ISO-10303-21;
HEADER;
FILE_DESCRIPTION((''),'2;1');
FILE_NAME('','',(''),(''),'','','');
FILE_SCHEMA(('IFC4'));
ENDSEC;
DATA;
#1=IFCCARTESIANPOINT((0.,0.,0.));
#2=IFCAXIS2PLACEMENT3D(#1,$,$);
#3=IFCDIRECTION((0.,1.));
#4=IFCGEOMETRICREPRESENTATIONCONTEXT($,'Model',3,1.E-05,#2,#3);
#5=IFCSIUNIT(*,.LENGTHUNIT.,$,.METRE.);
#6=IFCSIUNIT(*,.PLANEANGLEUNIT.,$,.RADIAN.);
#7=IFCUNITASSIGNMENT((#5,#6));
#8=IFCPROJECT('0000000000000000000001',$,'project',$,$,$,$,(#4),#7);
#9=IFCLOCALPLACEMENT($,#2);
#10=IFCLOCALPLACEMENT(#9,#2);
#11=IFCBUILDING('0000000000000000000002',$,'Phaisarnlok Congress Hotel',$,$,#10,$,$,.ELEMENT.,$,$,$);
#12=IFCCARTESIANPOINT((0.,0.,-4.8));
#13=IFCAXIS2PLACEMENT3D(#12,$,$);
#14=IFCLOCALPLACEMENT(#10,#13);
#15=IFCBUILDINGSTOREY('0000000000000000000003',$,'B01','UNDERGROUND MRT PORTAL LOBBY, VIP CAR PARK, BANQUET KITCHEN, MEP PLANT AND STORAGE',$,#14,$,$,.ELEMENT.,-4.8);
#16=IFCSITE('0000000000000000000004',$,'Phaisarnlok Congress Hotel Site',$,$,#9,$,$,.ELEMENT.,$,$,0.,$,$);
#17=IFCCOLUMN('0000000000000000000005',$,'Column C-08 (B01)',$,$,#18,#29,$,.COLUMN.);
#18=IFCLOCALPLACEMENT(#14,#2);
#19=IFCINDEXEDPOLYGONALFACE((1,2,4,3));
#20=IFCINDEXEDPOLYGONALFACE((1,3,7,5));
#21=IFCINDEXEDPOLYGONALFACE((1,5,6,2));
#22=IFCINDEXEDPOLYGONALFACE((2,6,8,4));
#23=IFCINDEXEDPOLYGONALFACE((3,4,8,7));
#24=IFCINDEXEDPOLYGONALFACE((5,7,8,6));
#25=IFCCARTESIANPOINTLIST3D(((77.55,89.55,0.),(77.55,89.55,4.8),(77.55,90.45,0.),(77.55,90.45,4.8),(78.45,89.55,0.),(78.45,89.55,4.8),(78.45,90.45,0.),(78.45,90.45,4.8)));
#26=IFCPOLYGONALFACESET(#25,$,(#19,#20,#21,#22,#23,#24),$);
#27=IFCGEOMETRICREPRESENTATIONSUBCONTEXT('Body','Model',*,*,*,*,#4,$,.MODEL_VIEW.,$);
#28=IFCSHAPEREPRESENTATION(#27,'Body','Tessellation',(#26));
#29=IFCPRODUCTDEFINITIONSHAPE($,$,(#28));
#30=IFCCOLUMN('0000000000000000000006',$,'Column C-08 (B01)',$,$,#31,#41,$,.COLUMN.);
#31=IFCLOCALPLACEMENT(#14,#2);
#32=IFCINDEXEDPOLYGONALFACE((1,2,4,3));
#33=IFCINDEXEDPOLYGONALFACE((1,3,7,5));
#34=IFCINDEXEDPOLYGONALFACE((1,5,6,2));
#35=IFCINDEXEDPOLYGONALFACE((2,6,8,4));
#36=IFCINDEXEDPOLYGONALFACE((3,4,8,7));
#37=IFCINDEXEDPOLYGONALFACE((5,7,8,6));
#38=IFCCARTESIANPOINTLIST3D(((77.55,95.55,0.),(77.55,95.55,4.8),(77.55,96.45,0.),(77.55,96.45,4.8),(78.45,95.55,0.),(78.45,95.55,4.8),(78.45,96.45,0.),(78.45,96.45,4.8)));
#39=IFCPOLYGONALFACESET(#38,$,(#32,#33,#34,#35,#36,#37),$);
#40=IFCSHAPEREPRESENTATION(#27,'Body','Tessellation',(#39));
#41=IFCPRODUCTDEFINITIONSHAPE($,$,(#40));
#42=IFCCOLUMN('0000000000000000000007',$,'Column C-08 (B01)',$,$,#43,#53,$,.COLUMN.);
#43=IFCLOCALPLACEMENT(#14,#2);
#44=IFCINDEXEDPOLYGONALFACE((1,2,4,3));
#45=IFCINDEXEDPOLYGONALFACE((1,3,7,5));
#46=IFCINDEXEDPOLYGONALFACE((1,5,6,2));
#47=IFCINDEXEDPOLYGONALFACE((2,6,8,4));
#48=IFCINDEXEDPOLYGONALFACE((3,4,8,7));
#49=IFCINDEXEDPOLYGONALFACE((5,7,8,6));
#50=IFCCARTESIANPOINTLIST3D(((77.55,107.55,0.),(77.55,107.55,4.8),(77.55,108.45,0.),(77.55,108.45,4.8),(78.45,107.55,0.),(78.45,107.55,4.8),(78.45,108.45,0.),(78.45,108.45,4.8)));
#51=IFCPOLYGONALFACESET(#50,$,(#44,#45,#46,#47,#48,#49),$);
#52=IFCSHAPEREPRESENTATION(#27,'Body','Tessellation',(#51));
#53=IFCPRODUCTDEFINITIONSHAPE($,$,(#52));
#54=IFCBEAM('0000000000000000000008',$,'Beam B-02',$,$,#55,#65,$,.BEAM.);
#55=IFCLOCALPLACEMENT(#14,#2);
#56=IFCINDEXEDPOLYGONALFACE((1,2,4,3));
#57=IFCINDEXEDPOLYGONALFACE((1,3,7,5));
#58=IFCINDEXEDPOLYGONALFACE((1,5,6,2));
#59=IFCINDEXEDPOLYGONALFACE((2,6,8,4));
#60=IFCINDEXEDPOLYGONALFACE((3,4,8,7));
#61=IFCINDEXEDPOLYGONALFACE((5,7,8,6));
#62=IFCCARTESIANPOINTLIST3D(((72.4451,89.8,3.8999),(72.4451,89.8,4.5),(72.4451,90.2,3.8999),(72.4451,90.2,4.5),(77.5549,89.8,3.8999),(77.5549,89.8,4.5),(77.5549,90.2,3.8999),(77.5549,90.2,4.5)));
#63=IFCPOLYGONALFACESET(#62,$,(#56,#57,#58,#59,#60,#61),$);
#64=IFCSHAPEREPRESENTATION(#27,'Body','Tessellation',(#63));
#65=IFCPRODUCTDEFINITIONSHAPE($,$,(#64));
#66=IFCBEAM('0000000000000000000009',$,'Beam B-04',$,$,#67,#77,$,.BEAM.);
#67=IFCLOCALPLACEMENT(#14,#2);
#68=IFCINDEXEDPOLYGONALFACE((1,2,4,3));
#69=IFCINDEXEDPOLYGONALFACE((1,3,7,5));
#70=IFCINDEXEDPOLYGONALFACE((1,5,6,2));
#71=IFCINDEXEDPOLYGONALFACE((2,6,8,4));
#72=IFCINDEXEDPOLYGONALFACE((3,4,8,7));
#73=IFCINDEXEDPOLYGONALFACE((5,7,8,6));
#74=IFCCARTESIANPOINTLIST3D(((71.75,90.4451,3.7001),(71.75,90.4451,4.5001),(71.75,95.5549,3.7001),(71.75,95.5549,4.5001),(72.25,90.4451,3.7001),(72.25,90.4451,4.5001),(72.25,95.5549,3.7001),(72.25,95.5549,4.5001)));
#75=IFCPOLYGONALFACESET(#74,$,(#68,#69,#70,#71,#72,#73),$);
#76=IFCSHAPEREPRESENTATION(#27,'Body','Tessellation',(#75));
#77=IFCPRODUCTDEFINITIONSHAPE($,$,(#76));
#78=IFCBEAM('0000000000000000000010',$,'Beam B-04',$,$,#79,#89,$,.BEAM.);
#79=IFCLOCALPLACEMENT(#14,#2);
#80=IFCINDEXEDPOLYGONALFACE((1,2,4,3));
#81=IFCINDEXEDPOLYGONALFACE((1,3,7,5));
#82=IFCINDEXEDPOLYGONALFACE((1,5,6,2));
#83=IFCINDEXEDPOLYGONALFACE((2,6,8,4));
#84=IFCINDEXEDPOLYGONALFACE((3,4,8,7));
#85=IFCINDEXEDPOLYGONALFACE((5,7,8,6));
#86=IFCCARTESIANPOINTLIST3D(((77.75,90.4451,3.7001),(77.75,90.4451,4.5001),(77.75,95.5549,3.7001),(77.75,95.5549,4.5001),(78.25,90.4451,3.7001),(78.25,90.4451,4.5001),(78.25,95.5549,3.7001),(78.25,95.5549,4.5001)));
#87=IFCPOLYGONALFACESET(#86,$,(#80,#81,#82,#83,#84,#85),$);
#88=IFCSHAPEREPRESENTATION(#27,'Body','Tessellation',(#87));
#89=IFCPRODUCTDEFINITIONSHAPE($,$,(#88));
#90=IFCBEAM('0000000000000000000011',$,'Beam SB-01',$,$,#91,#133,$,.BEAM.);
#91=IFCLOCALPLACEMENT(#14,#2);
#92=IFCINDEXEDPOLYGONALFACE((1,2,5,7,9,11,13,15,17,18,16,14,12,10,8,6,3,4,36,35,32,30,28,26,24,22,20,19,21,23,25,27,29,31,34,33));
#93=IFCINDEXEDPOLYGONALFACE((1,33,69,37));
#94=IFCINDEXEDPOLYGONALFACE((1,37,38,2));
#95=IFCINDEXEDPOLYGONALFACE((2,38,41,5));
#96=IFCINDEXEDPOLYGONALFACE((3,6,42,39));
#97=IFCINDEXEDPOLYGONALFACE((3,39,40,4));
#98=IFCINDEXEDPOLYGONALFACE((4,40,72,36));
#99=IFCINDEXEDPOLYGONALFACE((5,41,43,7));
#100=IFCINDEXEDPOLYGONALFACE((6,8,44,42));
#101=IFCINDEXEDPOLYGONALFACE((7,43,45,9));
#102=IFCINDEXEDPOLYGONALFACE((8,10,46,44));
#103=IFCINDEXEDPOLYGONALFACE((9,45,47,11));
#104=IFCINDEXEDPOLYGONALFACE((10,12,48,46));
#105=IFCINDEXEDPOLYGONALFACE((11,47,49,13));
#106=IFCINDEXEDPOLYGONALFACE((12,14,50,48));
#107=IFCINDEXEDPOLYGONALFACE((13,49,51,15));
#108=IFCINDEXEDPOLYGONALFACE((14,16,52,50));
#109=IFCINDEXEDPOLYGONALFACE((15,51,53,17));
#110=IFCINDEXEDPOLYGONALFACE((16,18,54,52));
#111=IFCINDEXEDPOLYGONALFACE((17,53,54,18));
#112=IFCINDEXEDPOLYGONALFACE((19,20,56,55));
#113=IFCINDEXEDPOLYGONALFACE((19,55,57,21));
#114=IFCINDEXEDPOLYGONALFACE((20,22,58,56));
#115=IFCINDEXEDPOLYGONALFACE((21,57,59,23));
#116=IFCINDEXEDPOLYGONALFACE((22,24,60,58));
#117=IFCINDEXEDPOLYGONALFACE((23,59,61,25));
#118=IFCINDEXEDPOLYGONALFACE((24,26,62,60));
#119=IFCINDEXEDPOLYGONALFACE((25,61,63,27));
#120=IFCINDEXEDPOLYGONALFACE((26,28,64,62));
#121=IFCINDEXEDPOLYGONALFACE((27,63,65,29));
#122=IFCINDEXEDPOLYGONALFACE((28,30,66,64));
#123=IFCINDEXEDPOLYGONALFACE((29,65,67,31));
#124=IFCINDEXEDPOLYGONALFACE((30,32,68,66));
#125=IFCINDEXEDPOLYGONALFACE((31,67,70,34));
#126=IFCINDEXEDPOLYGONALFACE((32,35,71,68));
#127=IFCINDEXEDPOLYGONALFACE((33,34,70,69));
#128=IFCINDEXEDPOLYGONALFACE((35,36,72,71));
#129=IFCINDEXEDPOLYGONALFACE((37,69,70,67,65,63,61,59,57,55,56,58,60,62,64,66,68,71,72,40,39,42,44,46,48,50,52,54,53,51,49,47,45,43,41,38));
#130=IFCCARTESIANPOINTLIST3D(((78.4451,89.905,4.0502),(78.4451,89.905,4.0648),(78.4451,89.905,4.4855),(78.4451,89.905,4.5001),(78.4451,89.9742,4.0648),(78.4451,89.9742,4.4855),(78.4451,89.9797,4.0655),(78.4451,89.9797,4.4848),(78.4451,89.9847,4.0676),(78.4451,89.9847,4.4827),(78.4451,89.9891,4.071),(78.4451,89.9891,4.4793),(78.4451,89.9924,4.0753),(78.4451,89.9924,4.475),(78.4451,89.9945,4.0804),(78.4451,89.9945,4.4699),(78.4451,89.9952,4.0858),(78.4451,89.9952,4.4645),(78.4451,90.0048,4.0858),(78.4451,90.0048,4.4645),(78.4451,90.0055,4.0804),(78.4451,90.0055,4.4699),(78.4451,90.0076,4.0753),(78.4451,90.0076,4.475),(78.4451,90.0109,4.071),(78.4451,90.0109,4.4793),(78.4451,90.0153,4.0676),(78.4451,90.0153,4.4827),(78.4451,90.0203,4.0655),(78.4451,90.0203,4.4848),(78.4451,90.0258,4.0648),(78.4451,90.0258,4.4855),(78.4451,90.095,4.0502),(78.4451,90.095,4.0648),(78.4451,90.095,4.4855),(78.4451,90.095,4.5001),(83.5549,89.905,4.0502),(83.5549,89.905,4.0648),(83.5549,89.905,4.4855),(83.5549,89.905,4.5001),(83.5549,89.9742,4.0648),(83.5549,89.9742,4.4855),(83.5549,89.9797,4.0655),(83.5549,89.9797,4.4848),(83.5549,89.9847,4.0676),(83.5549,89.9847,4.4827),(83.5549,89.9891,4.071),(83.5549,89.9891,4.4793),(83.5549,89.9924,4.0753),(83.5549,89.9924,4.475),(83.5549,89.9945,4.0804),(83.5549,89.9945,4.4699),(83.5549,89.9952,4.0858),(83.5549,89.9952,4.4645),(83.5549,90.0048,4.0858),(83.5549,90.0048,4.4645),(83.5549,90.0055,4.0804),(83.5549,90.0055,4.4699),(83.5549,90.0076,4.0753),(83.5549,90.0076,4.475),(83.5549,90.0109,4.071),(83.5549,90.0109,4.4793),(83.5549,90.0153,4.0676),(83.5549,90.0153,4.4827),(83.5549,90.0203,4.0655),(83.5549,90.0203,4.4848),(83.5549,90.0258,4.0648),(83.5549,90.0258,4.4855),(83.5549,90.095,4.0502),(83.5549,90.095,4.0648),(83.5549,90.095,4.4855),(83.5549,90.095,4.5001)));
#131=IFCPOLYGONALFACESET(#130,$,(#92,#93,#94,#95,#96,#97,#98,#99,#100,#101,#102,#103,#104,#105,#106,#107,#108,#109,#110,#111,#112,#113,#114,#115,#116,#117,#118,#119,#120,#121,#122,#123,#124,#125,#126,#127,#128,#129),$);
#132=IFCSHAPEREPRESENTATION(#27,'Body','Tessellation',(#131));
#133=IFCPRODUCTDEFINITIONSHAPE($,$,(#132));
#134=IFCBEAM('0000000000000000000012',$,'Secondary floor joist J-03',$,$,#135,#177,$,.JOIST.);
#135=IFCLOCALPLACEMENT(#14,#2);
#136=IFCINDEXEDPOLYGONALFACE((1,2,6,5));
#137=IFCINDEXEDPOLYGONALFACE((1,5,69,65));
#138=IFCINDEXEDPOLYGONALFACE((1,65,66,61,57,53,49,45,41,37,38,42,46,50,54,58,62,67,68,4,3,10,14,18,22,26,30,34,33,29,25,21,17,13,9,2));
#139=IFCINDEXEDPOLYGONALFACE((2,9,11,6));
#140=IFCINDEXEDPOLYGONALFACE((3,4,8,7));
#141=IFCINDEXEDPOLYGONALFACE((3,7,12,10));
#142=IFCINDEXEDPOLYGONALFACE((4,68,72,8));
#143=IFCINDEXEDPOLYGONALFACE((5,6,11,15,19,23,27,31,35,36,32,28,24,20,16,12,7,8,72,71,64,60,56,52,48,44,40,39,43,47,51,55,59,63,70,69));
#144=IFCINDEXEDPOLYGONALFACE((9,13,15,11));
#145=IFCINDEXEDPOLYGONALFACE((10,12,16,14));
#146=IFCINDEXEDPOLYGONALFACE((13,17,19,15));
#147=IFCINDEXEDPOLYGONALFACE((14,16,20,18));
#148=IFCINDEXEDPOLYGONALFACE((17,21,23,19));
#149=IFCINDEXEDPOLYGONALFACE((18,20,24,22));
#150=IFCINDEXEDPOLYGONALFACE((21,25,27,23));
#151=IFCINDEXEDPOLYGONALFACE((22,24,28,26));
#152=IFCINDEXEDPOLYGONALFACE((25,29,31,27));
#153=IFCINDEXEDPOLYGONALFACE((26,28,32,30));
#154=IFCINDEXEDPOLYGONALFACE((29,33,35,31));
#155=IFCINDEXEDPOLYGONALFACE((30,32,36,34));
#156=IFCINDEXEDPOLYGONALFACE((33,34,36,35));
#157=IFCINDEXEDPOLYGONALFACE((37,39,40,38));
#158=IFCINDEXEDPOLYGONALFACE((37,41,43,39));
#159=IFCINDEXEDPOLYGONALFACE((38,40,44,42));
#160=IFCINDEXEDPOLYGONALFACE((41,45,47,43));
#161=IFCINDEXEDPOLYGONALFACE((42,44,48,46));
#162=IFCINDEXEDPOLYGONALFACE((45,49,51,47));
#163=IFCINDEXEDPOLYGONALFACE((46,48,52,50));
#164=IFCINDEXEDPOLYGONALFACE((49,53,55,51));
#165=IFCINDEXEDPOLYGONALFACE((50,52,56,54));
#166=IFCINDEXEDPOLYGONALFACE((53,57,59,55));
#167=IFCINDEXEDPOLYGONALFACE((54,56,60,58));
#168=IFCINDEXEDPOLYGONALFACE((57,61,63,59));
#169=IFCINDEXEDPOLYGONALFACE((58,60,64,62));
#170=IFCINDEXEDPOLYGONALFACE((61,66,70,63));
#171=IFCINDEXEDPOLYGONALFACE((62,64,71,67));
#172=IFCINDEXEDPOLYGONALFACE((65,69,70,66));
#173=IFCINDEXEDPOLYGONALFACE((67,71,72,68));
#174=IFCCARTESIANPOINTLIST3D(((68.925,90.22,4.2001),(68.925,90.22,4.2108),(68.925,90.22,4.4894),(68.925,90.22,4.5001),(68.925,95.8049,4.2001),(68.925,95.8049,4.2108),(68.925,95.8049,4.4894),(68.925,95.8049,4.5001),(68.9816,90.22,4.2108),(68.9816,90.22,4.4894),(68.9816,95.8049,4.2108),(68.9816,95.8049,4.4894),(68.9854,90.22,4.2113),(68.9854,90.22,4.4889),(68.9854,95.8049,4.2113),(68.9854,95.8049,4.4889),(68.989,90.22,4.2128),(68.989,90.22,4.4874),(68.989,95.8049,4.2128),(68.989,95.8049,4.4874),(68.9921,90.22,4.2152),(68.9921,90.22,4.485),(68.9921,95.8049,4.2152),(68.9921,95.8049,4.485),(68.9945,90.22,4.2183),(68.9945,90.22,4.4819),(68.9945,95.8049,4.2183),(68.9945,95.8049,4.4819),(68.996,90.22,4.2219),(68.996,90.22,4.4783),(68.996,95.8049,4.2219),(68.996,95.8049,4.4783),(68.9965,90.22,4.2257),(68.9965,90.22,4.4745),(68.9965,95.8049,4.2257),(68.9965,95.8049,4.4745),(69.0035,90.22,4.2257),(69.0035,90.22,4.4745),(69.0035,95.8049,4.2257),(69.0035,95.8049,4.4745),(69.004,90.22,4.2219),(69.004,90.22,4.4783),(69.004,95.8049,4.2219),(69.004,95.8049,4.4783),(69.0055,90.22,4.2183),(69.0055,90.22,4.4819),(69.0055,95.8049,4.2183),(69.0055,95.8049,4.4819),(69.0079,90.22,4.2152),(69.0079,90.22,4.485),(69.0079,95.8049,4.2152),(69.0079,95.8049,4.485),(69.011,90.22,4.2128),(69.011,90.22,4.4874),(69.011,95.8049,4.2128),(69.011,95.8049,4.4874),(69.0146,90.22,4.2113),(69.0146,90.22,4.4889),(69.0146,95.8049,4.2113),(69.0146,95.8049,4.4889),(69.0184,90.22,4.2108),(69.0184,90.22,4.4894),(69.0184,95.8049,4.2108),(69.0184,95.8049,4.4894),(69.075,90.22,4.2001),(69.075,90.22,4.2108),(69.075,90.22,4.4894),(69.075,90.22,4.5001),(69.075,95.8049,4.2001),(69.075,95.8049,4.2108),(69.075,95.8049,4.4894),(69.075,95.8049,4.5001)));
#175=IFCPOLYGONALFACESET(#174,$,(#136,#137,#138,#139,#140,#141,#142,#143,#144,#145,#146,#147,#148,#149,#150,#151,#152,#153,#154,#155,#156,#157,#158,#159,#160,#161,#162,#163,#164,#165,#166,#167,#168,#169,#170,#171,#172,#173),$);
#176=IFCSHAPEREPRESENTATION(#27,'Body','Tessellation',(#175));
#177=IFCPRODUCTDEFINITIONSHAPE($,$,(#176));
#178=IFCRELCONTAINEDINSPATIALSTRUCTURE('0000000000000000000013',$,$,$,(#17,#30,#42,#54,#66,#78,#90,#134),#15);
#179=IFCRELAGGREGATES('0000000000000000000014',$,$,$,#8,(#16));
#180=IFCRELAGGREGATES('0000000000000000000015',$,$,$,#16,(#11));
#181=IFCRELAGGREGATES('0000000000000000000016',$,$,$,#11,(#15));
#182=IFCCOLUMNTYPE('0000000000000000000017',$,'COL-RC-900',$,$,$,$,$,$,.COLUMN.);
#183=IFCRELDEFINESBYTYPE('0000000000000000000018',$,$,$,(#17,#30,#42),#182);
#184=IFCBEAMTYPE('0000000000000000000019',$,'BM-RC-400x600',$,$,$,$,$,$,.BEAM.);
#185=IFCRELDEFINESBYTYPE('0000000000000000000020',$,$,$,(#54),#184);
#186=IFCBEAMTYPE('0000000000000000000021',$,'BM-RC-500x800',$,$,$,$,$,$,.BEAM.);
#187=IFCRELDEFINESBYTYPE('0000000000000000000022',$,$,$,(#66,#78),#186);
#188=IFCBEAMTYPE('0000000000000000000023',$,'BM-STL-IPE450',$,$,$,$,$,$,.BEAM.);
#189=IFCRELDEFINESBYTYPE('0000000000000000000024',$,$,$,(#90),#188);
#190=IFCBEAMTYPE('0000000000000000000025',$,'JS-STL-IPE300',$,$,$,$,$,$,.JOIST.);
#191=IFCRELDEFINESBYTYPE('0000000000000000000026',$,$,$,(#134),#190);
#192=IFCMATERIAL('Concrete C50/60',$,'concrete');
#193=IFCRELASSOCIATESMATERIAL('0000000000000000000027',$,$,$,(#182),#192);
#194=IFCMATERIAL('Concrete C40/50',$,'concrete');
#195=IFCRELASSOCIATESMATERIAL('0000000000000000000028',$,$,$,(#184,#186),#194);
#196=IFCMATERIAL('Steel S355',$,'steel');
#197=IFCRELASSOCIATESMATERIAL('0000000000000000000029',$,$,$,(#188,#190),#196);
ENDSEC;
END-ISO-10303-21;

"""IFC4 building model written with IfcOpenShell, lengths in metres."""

from ifc_helpers import new_model, si_unit, direction, frame, origin, origin_2d, place, context, subcontext, project, spatial, rectangle, i_section, extrude, material, material_profile, profile_set, type_object, element, save


model = new_model("IFC4")

# Units and contexts
model_context = context("Model", 3, precision=1e-05, world=origin(), true_north=direction((0.0, 1.0)))
body_context = subcontext(model_context, "Body", "Model", "MODEL_VIEW")
ifc_project = project(units=[si_unit("LENGTHUNIT", "METRE"), si_unit("PLANEANGLEUNIT", "RADIAN")], contexts=[model_context])

# Site, building, storey
site_placement = place(None, origin())
site = spatial("IfcSite", under=ifc_project, at=site_placement, Name="Phaisarnlok Congress Hotel Site", CompositionType="ELEMENT", RefElevation=0.0)
building_placement = place(site_placement, origin())
building = spatial("IfcBuilding", under=site, at=building_placement, Name="Phaisarnlok Congress Hotel", CompositionType="ELEMENT")
storey_placement = place(building_placement, frame((0.0, 0.0, -4.8)))
storey = spatial("IfcBuildingStorey", under=building, at=storey_placement, Name="B01", Description="UNDERGROUND MRT PORTAL LOBBY, VIP CAR PARK, BANQUET KITCHEN, MEP PLANT AND STORAGE", CompositionType="ELEMENT", Elevation=-4.8)

# Shared definitions
ifc_material_1 = material(Name="Concrete C40/50", Category="concrete")

# Columns
ifc_material_2 = material(Name="Concrete C50/60", Category="concrete")
ifc_material_profile_1 = material_profile(ifc_material_2, rectangle(XDim=0.8999, YDim=0.8999, at=origin_2d()), Name="RC 900x900")
ifc_profile_set_1 = profile_set([ifc_material_profile_1], Name="Concrete C50/60")
column_type = type_object("IfcColumnType", Name="COL-RC-900", PredefinedType="COLUMN", material=ifc_profile_set_1)
for number, where, z_axis, x_axis, name in (
    (1, (78.0, 90.0, 0.0), (0.0, 0.0, 1.0), (1.0, 0.0, 0.0), "Column C-08 (B01)"),
    (2, (78.0, 96.0, 0.0), (0.0, 0.0, 1.0), (1.0, 0.0, 0.0), "Column C-08 (B01)"),
    (3, (78.0, 108.0, 0.0), (0.0, 0.0, 1.0), (1.0, 0.0, 0.0), "Column C-08 (B01)"),
):
    element("IfcColumn", number, at=place(storey_placement, frame(where, z_axis=z_axis, x_axis=x_axis)), inside=storey, type_object=column_type, Name=name, PredefinedType="COLUMN", context=body_context, shape_type="SweptSolid", body=[
        extrude(rectangle(XDim=0.8999, YDim=0.8999, at=origin_2d()), origin(), (0.0, 0.0, 1.0), 4.8),
    ])

# Beams
ifc_material_profile_2 = material_profile(ifc_material_1, rectangle(XDim=0.3999, YDim=0.6001, at=origin_2d()), Name="RC 400x600")
ifc_profile_set_2 = profile_set([ifc_material_profile_2], Name="Concrete C40/50")
beam_type_1 = type_object("IfcBeamType", Name="BM-RC-400x600", PredefinedType="BEAM", material=ifc_profile_set_2)
beam_1_placement = place(storey_placement, frame((72.4451, 90.0, 4.2), z_axis=(1.0, 0.0, 0.0), x_axis=(0.0, 1.0, 0.0)))
element("IfcBeam", 4, at=beam_1_placement, inside=storey, type_object=beam_type_1, Name="Beam B-02", PredefinedType="BEAM", context=body_context, shape_type="SweptSolid", body=[
    extrude(rectangle(XDim=0.3999, YDim=0.6001, at=origin_2d()), origin(), (0.0, 0.0, 1.0), 5.1099),
])
ifc_material_profile_3 = material_profile(ifc_material_1, rectangle(XDim=0.5, YDim=0.8, at=origin_2d()), Name="RC 500x800")
ifc_profile_set_3 = profile_set([ifc_material_profile_3], Name="Concrete C40/50")
beam_type_2 = type_object("IfcBeamType", Name="BM-RC-500x800", PredefinedType="BEAM", material=ifc_profile_set_3)
for number, where, z_axis, x_axis, name in (
    (5, (72.0, 90.4451, 4.1001), (0.0, 1.0, 0.0), (-1.0, 0.0, 0.0), "Beam B-04"),
    (6, (78.0, 90.4451, 4.1001), (0.0, 1.0, 0.0), (-1.0, 0.0, 0.0), "Beam B-04"),
):
    element("IfcBeam", number, at=place(storey_placement, frame(where, z_axis=z_axis, x_axis=x_axis)), inside=storey, type_object=beam_type_2, Name=name, PredefinedType="BEAM", context=body_context, shape_type="SweptSolid", body=[
        extrude(rectangle(XDim=0.5, YDim=0.8, at=origin_2d()), origin(), (0.0, 0.0, 1.0), 5.1099),
    ])
ifc_material_3 = material(Name="Steel S355", Category="steel")
ifc_material_profile_4 = material_profile(ifc_material_3, i_section(OverallWidth=0.1899, OverallDepth=0.45, WebThickness=0.0095, FlangeThickness=0.0146, FilletRadius=0.021, at=origin_2d()), Name="IPE 450")
ifc_profile_set_4 = profile_set([ifc_material_profile_4], Name="Steel S355")
beam_type_3 = type_object("IfcBeamType", Name="BM-STL-IPE450", PredefinedType="BEAM", material=ifc_profile_set_4)
beam_2_placement = place(storey_placement, frame((78.4451, 90.0, 4.2751), z_axis=(1.0, 0.0, 0.0), x_axis=(0.0, 1.0, 0.0)))
element("IfcBeam", 7, at=beam_2_placement, inside=storey, type_object=beam_type_3, Name="Beam SB-01", PredefinedType="BEAM", context=body_context, shape_type="SweptSolid", body=[
    extrude(i_section(OverallWidth=0.1899, OverallDepth=0.45, WebThickness=0.0095, FlangeThickness=0.0146, FilletRadius=0.021, at=origin_2d()), origin(), (0.0, 0.0, 1.0), 5.1099),
])
ifc_material_profile_5 = material_profile(ifc_material_3, i_section(OverallWidth=0.1499, OverallDepth=0.3, WebThickness=0.0071, FlangeThickness=0.0107, FilletRadius=0.0149, at=origin_2d()), Name="IPE 300")
ifc_profile_set_5 = profile_set([ifc_material_profile_5], Name="Steel S355")
beam_type_4 = type_object("IfcBeamType", Name="JS-STL-IPE300", PredefinedType="JOIST", material=ifc_profile_set_5)
beam_3_placement = place(storey_placement, frame((69.0, 90.22, 4.3501), z_axis=(0.0, 1.0, 0.0), x_axis=(-1.0, 0.0, 0.0)))
element("IfcBeam", 8, at=beam_3_placement, inside=storey, type_object=beam_type_4, Name="Secondary floor joist J-03", PredefinedType="JOIST", context=body_context, shape_type="SweptSolid", body=[
    extrude(i_section(OverallWidth=0.1499, OverallDepth=0.3, WebThickness=0.0071, FlangeThickness=0.0107, FilletRadius=0.0149, at=origin_2d()), origin(), (0.0, 0.0, 1.0), 5.585),
])

save(model, "model.ifc")
